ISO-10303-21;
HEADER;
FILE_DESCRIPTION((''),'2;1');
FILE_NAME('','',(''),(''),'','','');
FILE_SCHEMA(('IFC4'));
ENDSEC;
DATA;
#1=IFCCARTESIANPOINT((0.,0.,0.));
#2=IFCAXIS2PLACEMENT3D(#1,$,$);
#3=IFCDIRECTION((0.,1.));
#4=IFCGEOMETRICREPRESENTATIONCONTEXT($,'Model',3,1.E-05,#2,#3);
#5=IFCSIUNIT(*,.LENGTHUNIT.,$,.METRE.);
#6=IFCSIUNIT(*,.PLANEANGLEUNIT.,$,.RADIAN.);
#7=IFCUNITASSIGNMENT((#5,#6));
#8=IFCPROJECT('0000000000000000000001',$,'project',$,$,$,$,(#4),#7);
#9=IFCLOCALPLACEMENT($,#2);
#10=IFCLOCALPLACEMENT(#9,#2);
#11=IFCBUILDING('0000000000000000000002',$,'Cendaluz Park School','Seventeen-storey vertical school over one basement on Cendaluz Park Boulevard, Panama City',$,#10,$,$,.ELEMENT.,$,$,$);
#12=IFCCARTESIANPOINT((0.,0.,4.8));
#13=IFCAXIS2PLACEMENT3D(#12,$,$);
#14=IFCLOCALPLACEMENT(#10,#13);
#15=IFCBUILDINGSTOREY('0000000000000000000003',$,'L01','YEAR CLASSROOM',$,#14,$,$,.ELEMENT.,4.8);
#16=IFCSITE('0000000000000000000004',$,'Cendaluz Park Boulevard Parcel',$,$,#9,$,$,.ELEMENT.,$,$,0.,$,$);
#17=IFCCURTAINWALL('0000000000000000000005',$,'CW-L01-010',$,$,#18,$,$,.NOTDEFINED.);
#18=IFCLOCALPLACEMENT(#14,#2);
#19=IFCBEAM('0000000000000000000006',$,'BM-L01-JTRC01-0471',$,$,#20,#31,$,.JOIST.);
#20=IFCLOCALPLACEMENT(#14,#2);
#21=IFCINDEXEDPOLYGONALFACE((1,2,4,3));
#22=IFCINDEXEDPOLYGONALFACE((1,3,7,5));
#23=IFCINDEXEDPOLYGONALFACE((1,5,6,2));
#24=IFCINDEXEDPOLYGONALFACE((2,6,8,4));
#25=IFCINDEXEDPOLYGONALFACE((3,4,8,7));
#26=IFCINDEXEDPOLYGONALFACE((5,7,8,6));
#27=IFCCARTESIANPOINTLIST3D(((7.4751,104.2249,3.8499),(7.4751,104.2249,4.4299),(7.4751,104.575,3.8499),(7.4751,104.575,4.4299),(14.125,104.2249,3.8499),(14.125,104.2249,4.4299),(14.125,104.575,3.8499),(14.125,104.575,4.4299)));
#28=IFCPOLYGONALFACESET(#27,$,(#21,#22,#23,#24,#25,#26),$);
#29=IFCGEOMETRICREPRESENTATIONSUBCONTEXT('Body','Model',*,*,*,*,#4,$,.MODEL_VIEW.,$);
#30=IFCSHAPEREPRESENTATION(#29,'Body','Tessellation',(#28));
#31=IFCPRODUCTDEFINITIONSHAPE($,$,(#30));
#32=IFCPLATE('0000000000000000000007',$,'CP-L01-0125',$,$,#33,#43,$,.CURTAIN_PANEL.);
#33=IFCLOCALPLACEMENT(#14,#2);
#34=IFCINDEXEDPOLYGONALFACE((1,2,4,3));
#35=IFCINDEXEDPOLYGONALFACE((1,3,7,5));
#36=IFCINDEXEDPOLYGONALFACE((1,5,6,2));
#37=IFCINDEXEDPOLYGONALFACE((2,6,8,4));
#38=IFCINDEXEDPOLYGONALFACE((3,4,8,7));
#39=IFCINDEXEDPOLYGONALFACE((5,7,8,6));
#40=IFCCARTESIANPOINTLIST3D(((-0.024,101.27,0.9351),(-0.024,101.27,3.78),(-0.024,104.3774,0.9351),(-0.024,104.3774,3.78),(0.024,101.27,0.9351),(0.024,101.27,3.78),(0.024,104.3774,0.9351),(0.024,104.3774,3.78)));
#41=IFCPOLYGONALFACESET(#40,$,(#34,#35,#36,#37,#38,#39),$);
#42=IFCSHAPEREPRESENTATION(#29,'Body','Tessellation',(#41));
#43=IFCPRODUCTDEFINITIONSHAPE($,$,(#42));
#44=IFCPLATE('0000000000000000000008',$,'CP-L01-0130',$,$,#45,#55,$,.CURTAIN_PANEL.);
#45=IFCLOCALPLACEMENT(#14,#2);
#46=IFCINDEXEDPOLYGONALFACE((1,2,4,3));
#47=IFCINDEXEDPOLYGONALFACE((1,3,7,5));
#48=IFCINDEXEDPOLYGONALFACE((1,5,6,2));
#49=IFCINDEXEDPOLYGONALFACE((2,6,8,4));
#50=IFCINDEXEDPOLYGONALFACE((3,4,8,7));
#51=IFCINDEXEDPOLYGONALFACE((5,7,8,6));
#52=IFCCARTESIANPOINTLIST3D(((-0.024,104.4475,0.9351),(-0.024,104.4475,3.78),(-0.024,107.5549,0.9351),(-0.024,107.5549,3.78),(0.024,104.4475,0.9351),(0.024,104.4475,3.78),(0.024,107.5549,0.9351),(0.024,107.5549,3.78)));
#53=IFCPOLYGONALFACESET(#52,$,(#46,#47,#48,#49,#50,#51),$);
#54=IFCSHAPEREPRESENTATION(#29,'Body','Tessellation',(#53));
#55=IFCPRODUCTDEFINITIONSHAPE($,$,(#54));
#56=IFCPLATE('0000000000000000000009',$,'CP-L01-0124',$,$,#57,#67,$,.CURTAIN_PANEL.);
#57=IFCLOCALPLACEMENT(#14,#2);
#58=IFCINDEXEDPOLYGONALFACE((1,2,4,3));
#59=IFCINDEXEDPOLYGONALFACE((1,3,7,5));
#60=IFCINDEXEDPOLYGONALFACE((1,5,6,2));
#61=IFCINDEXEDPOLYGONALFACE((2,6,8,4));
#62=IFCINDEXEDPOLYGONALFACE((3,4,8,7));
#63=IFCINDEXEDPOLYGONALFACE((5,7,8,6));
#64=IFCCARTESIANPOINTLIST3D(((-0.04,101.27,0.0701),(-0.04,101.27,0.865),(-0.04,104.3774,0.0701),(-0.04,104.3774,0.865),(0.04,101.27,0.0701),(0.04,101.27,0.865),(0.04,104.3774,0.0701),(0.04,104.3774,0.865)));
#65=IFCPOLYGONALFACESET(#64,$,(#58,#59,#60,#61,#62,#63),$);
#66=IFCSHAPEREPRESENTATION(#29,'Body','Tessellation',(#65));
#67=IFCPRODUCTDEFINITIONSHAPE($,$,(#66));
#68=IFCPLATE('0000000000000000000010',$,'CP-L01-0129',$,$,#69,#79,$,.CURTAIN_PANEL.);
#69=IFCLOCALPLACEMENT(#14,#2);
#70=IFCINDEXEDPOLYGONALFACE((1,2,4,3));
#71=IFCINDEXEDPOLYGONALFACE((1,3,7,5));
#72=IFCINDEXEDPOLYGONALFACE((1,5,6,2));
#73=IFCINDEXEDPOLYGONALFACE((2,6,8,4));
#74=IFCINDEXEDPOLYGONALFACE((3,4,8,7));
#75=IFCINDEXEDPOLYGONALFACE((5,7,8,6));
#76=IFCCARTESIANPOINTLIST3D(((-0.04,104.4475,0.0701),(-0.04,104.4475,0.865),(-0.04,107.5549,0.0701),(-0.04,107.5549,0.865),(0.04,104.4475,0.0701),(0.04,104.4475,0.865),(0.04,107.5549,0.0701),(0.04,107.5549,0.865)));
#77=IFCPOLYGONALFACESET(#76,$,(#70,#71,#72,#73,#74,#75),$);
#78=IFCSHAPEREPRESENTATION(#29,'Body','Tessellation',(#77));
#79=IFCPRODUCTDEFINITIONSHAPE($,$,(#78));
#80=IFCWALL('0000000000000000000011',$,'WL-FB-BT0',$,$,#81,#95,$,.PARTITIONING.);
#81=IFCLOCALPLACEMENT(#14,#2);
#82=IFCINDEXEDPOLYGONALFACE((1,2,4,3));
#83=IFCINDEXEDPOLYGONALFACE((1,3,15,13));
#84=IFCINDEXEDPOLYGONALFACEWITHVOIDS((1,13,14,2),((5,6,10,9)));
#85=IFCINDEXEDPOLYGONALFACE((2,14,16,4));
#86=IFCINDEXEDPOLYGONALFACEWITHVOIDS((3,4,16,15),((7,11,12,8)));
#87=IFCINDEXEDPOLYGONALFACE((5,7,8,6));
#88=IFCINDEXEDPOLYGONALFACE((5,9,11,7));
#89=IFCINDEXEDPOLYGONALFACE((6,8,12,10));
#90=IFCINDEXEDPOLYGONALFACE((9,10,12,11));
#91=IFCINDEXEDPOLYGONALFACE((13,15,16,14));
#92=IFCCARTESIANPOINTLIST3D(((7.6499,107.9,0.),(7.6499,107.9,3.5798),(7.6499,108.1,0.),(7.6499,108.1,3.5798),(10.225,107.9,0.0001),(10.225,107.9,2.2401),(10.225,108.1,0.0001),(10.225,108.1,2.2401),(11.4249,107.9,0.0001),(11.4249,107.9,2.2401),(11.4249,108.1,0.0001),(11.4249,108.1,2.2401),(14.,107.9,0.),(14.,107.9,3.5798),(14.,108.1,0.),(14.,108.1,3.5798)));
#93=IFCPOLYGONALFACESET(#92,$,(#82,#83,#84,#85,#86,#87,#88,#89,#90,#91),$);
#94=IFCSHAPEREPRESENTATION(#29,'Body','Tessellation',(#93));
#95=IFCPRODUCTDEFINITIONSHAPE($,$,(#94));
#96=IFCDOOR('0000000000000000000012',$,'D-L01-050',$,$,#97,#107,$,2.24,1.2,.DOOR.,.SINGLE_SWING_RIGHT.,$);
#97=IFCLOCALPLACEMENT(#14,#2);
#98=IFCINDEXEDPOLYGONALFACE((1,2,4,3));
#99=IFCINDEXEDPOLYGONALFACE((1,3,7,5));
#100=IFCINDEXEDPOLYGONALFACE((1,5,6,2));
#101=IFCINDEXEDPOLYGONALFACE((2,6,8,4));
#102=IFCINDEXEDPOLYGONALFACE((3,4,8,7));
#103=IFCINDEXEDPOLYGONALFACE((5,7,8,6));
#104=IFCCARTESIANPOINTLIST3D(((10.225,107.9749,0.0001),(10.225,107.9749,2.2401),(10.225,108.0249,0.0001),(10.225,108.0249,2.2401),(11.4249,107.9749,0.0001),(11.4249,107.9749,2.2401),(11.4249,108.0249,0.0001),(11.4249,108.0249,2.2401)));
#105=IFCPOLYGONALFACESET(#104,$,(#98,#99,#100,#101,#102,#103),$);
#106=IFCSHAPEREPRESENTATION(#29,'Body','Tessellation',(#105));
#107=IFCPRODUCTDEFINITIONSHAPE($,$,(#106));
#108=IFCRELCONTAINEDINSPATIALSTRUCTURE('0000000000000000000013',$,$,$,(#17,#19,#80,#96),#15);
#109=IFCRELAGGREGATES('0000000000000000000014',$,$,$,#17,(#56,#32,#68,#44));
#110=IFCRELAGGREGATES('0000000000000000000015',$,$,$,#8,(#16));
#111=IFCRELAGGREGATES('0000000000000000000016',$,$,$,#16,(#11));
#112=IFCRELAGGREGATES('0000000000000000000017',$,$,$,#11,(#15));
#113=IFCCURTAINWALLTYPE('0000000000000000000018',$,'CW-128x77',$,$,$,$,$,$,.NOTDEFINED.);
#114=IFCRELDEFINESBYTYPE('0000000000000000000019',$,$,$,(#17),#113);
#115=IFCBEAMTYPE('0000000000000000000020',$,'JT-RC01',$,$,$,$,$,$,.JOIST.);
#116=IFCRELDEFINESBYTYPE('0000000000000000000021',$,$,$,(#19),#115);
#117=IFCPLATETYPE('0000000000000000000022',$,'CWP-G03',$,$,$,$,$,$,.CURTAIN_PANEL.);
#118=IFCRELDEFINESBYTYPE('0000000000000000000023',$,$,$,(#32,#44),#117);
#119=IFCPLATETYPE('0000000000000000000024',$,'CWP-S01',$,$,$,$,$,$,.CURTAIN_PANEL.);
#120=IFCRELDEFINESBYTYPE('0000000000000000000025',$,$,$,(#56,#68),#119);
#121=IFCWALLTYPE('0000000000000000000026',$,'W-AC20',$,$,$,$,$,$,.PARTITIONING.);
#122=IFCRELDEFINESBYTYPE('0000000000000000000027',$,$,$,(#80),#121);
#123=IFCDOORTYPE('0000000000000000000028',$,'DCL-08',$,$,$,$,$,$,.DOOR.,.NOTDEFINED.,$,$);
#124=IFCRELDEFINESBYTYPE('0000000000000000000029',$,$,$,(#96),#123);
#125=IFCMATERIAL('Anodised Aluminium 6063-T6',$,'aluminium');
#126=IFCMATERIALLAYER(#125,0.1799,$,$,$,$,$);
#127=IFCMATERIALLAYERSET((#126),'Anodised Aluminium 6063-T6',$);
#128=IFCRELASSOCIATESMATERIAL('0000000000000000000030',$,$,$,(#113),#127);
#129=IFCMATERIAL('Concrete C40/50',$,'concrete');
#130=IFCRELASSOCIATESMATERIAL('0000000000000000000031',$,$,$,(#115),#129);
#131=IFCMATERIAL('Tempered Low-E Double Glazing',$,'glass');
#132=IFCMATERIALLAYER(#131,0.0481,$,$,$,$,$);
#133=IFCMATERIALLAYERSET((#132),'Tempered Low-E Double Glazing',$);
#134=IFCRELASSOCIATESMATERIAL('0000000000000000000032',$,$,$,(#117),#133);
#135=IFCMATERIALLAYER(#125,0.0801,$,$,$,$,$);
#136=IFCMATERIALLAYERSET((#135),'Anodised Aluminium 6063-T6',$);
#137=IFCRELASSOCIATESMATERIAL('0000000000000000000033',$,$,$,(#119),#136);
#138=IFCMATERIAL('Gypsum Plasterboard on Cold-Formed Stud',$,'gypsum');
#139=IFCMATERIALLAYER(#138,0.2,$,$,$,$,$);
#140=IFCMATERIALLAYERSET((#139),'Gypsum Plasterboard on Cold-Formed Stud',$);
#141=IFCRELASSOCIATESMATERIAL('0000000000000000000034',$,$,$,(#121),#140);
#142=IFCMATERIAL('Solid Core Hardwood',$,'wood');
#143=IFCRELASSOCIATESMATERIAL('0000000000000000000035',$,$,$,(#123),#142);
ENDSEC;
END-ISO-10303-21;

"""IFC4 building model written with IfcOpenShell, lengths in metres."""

from ifc_helpers import new_model, si_unit, direction, frame, frame_2d, origin, origin_2d, place, context, subcontext, project, spatial, rectangle, extrude, material, layer, layer_set, material_profile, profile_set, type_object, element, fill, aggregate, save


model = new_model("IFC4")

# Units and contexts
model_context = context("Model", 3, precision=1e-05, world=origin(), true_north=direction((0.0, 1.0)))
body_context = subcontext(model_context, "Body", "Model", "MODEL_VIEW")
ifc_project = project(units=[si_unit("LENGTHUNIT", "METRE"), si_unit("PLANEANGLEUNIT", "RADIAN")], contexts=[model_context])

# Site, building, storey
site_placement = place(None, origin())
site = spatial("IfcSite", under=ifc_project, at=site_placement, Name="Cendaluz Park Boulevard Parcel", CompositionType="ELEMENT", RefElevation=0.0)
building_placement = place(site_placement, origin())
building = spatial("IfcBuilding", under=site, at=building_placement, Name="Cendaluz Park School", Description="Seventeen-storey vertical school over one basement on Cendaluz Park Boulevard, Panama City", CompositionType="ELEMENT")
storey_placement = place(building_placement, frame((0.0, 0.0, 4.8)))
storey = spatial("IfcBuildingStorey", under=building, at=storey_placement, Name="L01", Description="YEAR CLASSROOM", CompositionType="ELEMENT", Elevation=4.8)

# Shared definitions
ifc_material_1 = material(Name="Concrete C40/50", Category="concrete")

# Curtain wall
ifc_material_2 = material(Name="Anodised Aluminium 6063-T6", Category="aluminium")
ifc_layer_1 = layer(ifc_material_2, 0.1799)
ifc_layer_set_1 = layer_set([ifc_layer_1], Name="Anodised Aluminium 6063-T6")
curtain_wall_type = type_object("IfcCurtainWallType", Name="CW-128x77", PredefinedType="NOTDEFINED", material=ifc_layer_set_1)
curtain_wall_1_placement = place(storey_placement, origin())
curtain_wall_1 = element("IfcCurtainWall", 1, at=curtain_wall_1_placement, inside=storey, type_object=curtain_wall_type, Name="CW-L01-010", PredefinedType="NOTDEFINED")

# Beam
ifc_material_profile_1 = material_profile(ifc_material_1, rectangle(XDim=0.3501, YDim=0.5801, at=origin_2d()), Name="RC 350x580", Category="concrete")
ifc_profile_set_1 = profile_set([ifc_material_profile_1], Name="Concrete C40/50")
beam_type_1 = type_object("IfcBeamType", Name="JT-RC01", PredefinedType="JOIST", material=ifc_profile_set_1)
beam_1_placement = place(storey_placement, frame((7.4751, 104.3999, 4.1399), z_axis=(1.0, 0.0, 0.0), x_axis=(0.0, 1.0, 0.0)))
element("IfcBeam", 2, at=beam_1_placement, inside=storey, type_object=beam_type_1, Name="BM-L01-JTRC01-0471", PredefinedType="JOIST", context=body_context, shape_type="SweptSolid", body=[
    extrude(rectangle(XDim=0.3501, YDim=0.5801, at=origin_2d()), origin(), (0.0, 0.0, 1.0), 6.6499),
])

# Plates
ifc_material_3 = material(Name="Tempered Low-E Double Glazing", Category="glass")
ifc_layer_2 = layer(ifc_material_3, 0.0481)
ifc_layer_set_2 = layer_set([ifc_layer_2], Name="Tempered Low-E Double Glazing")
plate_type_1 = type_object("IfcPlateType", Name="CWP-G03", PredefinedType="CURTAIN_PANEL", material=ifc_layer_set_2)
plate_1_placement = place(storey_placement, frame((0.0, 102.8237, 0.9351), z_axis=(0.0, 0.0, 1.0), x_axis=(0.0, 1.0, 0.0)))
plate_1 = element("IfcPlate", 3, at=plate_1_placement, type_object=plate_type_1, Name="CP-L01-0125", PredefinedType="CURTAIN_PANEL", context=body_context, shape_type="SweptSolid", body=[
    extrude(rectangle(XDim=3.1074, YDim=0.0481, at=origin_2d()), origin(), (0.0, 0.0, 1.0), 2.845),
])
plate_2_placement = place(storey_placement, frame((0.0, 106.0012, 0.9351), z_axis=(0.0, 0.0, 1.0), x_axis=(0.0, 1.0, 0.0)))
plate_2 = element("IfcPlate", 4, at=plate_2_placement, type_object=plate_type_1, Name="CP-L01-0130", PredefinedType="CURTAIN_PANEL", context=body_context, shape_type="SweptSolid", body=[
    extrude(rectangle(XDim=3.1074, YDim=0.0481, at=origin_2d()), origin(), (0.0, 0.0, 1.0), 2.845),
])
ifc_layer_3 = layer(ifc_material_2, 0.0801)
ifc_layer_set_3 = layer_set([ifc_layer_3], Name="Anodised Aluminium 6063-T6")
plate_type_2 = type_object("IfcPlateType", Name="CWP-S01", PredefinedType="CURTAIN_PANEL", material=ifc_layer_set_3)
plate_3_placement = place(storey_placement, frame((0.0, 102.8237, 0.0701), z_axis=(0.0, 0.0, 1.0), x_axis=(0.0, 1.0, 0.0)))
plate_3 = element("IfcPlate", 5, at=plate_3_placement, type_object=plate_type_2, Name="CP-L01-0124", PredefinedType="CURTAIN_PANEL", context=body_context, shape_type="SweptSolid", body=[
    extrude(rectangle(XDim=3.1074, YDim=0.0801, at=origin_2d()), origin(), (0.0, 0.0, 1.0), 0.7949),
])
plate_4_placement = place(storey_placement, frame((0.0, 106.0012, 0.0701), z_axis=(0.0, 0.0, 1.0), x_axis=(0.0, 1.0, 0.0)))
plate_4 = element("IfcPlate", 6, at=plate_4_placement, type_object=plate_type_2, Name="CP-L01-0129", PredefinedType="CURTAIN_PANEL", context=body_context, shape_type="SweptSolid", body=[
    extrude(rectangle(XDim=3.1074, YDim=0.0801, at=origin_2d()), origin(), (0.0, 0.0, 1.0), 0.7949),
])
aggregate(curtain_wall_1, [plate_3, plate_1, plate_4, plate_2])

# Wall, opening, door
ifc_material_4 = material(Name="Gypsum Plasterboard on Cold-Formed Stud", Category="gypsum")
ifc_layer_4 = layer(ifc_material_4, 0.2)
ifc_layer_set_4 = layer_set([ifc_layer_4], Name="Gypsum Plasterboard on Cold-Formed Stud")
wall_type = type_object("IfcWallType", Name="W-AC20", PredefinedType="PARTITIONING", material=ifc_layer_set_4)
wall_placement = place(storey_placement, frame((7.6499, 108.0, 0.0), z_axis=(0.0, 0.0, 1.0), x_axis=(1.0, 0.0, 0.0)))
wall = element("IfcWall", 7, at=wall_placement, inside=storey, type_object=wall_type, Name="WL-FB-BT0", PredefinedType="PARTITIONING", context=body_context, shape_type="SweptSolid", body=[
    extrude(rectangle(XDim=6.3501, YDim=0.2, at=frame_2d((3.175, 0.0))), origin(), (0.0, 0.0, 1.0), 3.5798),
])
opening_placement = place(wall_placement, frame((2.575, 0.0, 0.0)))
opening = element("IfcOpeningElement", 8, at=opening_placement, cuts=wall, PredefinedType="OPENING", context=body_context, shape_type="SweptSolid", body=[
    extrude(rectangle(XDim=1.2, YDim=2.24, at=frame_2d((0.6001, 1.1201))), frame((0.0, 0.1121, 0.0), z_axis=(0.0, -1.0, 0.0), x_axis=(1.0, 0.0, 0.0)), (0.0, 0.0, 1.0), 0.2239),
])
ifc_material_5 = material(Name="Solid Core Hardwood", Category="wood")
door_type = type_object("IfcDoorType", Name="DCL-08", OperationType="NOTDEFINED", PredefinedType="DOOR", material=ifc_material_5)
door_placement = place(opening_placement, origin())
door = element("IfcDoor", 9, at=door_placement, inside=storey, type_object=door_type, Name="D-L01-050", OperationType="SINGLE_SWING_RIGHT", OverallHeight=2.24, OverallWidth=1.2, PredefinedType="DOOR", context=body_context, shape_type="SweptSolid", body=[
    extrude(rectangle(XDim=1.2, YDim=2.24, at=frame_2d((0.6001, 1.1201))), frame((0.0, 0.0249, 0.0), z_axis=(0.0, -1.0, 0.0), x_axis=(1.0, 0.0, 0.0)), (0.0, 0.0, 1.0), 0.05),
])
fill(opening, door)

save(model, "model.ifc")
